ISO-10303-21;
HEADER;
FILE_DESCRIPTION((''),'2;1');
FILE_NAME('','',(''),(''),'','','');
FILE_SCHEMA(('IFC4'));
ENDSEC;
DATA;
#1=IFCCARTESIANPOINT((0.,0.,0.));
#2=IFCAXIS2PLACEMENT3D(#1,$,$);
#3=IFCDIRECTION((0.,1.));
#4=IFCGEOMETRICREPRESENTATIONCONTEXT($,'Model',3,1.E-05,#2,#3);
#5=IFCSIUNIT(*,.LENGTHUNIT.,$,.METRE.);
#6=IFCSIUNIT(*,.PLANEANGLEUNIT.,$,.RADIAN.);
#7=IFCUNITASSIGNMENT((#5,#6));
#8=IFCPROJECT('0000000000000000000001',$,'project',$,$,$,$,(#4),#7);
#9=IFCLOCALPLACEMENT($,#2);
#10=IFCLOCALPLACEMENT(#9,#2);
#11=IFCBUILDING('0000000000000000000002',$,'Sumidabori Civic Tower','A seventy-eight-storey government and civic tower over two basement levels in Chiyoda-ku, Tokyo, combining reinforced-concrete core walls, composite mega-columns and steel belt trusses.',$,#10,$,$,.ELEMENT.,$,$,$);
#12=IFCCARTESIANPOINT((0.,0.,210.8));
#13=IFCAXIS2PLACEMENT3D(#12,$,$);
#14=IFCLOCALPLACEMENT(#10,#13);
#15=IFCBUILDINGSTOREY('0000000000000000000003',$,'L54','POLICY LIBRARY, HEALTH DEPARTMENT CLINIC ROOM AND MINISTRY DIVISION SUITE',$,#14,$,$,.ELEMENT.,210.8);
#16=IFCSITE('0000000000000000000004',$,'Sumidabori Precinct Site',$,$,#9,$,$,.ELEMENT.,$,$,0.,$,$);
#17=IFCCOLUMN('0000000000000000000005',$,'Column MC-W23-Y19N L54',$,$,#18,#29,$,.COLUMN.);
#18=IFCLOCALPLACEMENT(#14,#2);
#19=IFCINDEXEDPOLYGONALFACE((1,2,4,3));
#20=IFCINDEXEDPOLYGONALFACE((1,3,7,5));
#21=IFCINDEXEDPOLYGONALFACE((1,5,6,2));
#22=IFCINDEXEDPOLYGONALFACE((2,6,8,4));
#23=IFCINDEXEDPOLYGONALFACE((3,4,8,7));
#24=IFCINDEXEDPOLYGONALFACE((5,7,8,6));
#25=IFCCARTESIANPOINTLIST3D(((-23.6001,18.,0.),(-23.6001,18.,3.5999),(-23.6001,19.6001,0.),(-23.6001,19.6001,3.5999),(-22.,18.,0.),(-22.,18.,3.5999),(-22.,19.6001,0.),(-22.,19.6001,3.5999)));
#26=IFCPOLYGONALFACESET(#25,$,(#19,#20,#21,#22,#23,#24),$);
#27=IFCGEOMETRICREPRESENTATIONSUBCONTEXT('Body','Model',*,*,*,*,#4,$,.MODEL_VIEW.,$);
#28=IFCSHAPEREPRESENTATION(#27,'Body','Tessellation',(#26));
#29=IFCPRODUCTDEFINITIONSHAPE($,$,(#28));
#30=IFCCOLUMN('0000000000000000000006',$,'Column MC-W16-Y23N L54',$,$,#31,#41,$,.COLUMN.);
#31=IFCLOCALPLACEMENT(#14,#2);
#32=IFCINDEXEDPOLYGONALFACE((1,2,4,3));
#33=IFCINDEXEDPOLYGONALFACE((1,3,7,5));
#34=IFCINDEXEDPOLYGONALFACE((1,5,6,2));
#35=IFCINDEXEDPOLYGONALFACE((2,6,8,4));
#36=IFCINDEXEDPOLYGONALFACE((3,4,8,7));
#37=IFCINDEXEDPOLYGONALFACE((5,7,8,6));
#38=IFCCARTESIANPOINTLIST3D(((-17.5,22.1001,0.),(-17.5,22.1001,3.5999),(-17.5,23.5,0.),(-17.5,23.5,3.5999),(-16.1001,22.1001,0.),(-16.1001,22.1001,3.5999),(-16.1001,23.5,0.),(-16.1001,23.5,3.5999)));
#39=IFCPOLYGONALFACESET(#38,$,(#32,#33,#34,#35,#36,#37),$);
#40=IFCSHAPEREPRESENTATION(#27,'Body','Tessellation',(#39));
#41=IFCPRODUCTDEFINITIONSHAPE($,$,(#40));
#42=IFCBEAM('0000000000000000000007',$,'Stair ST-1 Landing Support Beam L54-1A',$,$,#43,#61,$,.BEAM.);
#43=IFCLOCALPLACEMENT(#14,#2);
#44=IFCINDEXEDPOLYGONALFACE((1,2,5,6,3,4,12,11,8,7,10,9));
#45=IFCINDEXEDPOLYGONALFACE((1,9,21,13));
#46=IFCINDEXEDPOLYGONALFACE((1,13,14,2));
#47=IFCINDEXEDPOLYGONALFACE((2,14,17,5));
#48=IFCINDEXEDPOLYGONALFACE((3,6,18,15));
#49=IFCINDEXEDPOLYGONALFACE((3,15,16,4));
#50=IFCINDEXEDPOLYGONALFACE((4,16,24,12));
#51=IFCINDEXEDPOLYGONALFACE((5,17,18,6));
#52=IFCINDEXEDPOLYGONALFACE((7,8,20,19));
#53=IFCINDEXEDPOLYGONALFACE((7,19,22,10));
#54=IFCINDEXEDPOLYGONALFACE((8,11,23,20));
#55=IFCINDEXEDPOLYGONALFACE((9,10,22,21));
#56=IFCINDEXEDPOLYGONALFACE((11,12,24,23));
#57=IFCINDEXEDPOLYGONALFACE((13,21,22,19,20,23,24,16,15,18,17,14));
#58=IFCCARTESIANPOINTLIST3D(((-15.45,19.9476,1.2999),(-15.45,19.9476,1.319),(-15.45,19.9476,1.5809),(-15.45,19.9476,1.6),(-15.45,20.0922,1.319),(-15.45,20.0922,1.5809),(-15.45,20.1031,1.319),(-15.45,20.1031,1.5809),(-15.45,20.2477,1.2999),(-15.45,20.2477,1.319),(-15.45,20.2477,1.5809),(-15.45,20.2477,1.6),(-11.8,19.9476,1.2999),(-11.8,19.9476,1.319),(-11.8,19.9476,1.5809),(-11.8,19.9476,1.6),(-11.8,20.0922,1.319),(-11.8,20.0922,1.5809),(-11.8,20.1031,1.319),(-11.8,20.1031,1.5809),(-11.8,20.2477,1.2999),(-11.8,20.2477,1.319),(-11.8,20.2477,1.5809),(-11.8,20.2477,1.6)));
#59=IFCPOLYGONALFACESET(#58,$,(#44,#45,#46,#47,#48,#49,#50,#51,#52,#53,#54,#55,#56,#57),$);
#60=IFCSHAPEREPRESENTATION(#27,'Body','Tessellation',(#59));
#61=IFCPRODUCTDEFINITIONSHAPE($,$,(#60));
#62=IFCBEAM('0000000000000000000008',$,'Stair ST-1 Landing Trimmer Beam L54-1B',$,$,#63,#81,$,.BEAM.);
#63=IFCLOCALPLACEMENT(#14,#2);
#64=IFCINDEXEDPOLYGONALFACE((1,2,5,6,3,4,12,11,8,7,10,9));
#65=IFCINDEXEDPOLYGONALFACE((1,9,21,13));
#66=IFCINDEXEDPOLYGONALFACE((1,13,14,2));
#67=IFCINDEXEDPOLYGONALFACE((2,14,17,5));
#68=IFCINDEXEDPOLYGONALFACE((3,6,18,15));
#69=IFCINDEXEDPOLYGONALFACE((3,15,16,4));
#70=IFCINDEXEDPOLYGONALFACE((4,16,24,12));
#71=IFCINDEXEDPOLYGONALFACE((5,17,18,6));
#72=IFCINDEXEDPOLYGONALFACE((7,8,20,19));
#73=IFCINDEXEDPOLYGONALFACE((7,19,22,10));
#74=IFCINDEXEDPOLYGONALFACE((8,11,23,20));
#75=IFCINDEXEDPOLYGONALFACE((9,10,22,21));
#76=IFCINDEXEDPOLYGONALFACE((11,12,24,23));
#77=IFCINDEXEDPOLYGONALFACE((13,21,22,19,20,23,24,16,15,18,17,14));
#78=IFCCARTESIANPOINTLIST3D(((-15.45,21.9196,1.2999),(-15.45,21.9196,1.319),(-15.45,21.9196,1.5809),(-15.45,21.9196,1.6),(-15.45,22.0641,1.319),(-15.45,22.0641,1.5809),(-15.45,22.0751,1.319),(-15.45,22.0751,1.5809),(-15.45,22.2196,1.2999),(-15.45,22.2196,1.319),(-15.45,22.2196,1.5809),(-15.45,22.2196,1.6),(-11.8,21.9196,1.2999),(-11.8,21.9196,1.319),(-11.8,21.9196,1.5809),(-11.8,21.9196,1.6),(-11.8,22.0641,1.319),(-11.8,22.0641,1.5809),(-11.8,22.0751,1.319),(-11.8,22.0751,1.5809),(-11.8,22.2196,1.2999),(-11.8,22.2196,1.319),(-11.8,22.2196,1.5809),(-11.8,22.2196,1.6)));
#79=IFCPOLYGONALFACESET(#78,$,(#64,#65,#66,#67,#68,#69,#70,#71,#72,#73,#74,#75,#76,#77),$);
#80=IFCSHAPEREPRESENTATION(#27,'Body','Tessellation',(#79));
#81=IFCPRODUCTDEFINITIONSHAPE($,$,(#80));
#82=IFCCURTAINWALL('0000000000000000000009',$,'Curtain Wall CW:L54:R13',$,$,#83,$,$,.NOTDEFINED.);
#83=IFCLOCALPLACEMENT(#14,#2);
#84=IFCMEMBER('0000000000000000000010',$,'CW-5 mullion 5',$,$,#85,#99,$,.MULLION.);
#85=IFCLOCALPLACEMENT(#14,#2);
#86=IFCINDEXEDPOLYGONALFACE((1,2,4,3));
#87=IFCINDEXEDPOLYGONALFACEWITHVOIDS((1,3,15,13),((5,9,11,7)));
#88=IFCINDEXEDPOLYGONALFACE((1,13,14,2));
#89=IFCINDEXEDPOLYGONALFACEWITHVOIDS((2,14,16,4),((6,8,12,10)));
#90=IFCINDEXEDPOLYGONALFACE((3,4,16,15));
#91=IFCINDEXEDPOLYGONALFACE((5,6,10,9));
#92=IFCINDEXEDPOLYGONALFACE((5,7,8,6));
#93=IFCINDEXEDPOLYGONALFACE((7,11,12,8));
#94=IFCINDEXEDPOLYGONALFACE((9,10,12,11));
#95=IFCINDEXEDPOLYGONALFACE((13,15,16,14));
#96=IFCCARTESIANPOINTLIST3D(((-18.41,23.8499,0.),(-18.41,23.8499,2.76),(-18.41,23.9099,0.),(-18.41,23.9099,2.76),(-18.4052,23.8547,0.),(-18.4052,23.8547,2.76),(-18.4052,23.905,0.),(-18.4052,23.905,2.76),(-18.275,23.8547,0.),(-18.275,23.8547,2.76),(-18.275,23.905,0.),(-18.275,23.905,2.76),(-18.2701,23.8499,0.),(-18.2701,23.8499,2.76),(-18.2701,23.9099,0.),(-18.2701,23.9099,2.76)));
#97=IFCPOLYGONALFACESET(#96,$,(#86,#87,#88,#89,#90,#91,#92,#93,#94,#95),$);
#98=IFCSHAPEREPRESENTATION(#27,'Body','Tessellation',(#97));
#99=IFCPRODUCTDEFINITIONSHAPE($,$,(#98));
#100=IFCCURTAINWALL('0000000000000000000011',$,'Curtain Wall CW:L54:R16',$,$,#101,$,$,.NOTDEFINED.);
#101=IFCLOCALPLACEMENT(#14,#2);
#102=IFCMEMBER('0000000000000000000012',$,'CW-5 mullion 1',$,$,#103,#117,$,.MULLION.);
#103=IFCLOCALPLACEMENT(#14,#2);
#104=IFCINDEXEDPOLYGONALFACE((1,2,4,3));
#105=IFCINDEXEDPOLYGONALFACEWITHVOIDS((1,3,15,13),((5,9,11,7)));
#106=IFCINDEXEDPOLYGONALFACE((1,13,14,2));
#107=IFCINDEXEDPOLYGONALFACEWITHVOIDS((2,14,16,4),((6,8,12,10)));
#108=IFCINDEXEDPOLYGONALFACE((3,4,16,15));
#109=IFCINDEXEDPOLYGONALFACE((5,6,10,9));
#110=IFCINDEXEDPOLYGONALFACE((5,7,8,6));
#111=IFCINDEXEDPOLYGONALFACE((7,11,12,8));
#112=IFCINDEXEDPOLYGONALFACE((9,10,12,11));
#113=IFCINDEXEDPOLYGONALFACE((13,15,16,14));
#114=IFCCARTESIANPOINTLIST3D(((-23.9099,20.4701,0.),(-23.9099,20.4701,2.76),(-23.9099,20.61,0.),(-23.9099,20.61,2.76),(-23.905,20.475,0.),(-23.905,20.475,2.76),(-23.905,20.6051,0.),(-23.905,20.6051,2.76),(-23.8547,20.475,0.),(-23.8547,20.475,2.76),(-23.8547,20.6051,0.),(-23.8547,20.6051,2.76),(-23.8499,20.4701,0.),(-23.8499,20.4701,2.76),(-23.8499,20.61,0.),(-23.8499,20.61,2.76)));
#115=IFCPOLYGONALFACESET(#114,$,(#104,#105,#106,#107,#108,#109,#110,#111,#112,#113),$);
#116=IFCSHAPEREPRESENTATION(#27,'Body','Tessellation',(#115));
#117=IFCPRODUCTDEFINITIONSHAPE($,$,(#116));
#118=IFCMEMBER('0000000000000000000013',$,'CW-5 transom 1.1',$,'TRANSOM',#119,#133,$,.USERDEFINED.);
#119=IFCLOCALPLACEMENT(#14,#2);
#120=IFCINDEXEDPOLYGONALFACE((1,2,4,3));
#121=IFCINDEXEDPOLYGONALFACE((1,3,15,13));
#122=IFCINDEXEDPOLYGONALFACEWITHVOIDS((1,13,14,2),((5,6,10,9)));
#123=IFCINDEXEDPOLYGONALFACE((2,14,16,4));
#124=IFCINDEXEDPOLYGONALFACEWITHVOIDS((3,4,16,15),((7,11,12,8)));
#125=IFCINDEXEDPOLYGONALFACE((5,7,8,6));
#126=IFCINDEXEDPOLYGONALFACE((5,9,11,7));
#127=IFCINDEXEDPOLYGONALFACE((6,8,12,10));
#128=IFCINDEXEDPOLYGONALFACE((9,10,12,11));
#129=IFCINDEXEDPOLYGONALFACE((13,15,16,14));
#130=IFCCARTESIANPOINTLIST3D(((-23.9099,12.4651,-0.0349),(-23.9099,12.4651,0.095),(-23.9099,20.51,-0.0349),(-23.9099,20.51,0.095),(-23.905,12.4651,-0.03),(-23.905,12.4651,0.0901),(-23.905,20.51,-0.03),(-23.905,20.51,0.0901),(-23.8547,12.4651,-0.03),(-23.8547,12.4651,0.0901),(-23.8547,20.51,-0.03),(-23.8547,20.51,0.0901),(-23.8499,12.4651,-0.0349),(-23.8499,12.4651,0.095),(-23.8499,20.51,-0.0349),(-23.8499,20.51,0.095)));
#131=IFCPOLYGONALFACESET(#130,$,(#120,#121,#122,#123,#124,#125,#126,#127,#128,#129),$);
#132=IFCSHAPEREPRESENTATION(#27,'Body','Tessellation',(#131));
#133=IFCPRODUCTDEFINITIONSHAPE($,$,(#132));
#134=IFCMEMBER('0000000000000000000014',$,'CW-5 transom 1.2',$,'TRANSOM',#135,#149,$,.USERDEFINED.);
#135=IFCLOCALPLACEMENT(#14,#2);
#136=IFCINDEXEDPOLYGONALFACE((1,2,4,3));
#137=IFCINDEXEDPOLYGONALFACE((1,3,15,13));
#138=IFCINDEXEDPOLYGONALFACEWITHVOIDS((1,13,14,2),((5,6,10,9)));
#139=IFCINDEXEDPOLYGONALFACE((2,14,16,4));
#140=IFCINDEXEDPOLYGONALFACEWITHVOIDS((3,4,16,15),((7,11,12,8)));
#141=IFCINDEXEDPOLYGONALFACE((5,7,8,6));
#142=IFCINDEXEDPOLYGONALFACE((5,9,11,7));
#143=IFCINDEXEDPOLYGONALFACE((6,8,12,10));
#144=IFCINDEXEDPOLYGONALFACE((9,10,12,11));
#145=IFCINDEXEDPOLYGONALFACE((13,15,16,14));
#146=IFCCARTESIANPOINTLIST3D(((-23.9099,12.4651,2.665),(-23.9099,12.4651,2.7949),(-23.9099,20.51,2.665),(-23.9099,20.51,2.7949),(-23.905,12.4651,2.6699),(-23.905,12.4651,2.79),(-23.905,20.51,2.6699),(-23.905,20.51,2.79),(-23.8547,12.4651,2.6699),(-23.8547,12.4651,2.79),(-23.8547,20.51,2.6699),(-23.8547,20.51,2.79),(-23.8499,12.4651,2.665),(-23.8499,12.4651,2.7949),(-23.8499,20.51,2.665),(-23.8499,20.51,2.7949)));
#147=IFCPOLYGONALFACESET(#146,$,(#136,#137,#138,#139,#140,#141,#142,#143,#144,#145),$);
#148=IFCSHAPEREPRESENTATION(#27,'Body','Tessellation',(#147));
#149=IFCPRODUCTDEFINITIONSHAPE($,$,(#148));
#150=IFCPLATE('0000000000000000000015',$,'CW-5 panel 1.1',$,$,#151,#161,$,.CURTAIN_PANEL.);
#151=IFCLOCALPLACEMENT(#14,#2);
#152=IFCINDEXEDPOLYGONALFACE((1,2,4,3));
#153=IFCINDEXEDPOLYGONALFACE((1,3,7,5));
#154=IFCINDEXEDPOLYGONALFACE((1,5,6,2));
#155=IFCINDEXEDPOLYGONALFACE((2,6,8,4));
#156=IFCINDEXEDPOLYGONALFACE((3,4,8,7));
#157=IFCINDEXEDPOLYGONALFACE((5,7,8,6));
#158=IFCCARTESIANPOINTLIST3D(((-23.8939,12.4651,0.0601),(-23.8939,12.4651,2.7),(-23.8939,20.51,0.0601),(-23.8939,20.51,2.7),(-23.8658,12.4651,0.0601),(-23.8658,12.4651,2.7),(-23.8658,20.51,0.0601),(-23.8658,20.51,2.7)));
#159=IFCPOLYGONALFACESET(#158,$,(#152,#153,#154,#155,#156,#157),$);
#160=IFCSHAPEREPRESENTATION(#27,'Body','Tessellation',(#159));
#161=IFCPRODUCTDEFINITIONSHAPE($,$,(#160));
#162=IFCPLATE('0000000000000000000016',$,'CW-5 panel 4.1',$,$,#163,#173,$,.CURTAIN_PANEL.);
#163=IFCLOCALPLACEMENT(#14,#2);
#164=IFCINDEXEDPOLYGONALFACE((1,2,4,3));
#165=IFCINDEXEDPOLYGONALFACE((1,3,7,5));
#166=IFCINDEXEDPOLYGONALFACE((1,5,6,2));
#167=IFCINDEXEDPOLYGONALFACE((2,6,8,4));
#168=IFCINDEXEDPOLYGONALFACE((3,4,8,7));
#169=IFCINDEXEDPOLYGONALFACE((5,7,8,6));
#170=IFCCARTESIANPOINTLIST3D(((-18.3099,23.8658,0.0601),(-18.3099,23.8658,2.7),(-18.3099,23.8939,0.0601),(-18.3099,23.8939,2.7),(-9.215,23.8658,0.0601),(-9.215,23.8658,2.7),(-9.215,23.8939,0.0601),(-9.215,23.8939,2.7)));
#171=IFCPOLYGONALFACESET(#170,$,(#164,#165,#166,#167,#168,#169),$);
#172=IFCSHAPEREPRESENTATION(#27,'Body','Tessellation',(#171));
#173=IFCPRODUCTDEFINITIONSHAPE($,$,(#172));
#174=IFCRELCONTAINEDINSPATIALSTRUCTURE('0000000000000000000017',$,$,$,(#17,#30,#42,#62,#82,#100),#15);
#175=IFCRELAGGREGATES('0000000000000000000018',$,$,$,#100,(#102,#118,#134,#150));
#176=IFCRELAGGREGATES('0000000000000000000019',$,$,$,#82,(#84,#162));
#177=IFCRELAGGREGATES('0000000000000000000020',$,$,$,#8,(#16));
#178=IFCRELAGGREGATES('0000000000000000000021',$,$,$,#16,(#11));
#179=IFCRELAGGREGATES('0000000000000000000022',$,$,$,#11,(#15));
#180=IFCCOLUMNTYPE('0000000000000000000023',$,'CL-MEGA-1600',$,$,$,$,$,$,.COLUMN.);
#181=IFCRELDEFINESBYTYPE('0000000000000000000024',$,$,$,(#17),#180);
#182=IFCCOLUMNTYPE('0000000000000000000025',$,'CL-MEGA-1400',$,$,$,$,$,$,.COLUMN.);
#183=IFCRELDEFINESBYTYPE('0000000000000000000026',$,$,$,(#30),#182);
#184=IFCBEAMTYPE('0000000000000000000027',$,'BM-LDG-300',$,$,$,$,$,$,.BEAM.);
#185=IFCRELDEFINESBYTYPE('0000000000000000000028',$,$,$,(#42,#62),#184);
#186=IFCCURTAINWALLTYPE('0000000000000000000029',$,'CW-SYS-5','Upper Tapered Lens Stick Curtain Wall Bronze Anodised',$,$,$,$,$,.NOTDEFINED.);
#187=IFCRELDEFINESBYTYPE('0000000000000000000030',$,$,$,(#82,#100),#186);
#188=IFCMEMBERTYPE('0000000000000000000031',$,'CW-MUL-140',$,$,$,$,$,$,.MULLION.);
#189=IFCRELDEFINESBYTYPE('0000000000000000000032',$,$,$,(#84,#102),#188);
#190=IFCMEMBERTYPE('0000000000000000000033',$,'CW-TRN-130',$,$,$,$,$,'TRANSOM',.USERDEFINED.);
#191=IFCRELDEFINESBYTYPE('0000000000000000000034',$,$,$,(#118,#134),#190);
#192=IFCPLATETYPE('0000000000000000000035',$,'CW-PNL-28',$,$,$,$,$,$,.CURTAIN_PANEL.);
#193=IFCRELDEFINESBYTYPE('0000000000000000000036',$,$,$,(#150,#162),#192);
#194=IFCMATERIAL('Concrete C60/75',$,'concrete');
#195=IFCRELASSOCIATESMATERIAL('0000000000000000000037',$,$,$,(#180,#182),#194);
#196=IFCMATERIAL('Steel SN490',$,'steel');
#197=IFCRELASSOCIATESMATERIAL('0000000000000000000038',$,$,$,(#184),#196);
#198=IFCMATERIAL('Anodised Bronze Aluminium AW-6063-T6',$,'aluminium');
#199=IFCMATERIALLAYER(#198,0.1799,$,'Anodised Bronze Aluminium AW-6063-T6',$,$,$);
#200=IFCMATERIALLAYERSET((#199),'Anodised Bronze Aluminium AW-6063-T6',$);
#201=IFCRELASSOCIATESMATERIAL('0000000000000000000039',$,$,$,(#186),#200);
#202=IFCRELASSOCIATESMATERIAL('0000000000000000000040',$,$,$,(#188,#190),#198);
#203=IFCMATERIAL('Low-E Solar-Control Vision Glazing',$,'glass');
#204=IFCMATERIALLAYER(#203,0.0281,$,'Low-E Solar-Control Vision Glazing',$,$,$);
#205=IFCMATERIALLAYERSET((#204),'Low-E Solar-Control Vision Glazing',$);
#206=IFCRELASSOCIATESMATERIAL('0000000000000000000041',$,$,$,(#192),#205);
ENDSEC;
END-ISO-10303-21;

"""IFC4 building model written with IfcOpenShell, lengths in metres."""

from ifc_helpers import new_model, si_unit, direction, frame, origin, origin_2d, place, context, subcontext, project, spatial, rectangle, hollow_rectangle, i_section, extrude, source, transform, mapped, material, layer, layer_set, material_profile, profile_set, type_object, element, aggregate, save


model = new_model("IFC4")

# Units and contexts
model_context = context("Model", 3, precision=1e-05, world=origin(), true_north=direction((0.0, 1.0)))
body_context = subcontext(model_context, "Body", "Model", "MODEL_VIEW")
ifc_project = project(units=[si_unit("LENGTHUNIT", "METRE"), si_unit("PLANEANGLEUNIT", "RADIAN")], contexts=[model_context])

# Site, building, storey
site_placement = place(None, origin())
site = spatial("IfcSite", under=ifc_project, at=site_placement, Name="Sumidabori Precinct Site", CompositionType="ELEMENT", RefElevation=0.0)
building_placement = place(site_placement, origin())
building = spatial("IfcBuilding", under=site, at=building_placement, Name="Sumidabori Civic Tower", Description="A seventy-eight-storey government and civic tower over two basement levels in Chiyoda-ku, Tokyo, combining reinforced-concrete core walls, composite mega-columns and steel belt trusses.", CompositionType="ELEMENT")
storey_placement = place(building_placement, frame((0.0, 0.0, 210.8)))
storey = spatial("IfcBuildingStorey", under=building, at=storey_placement, Name="L54", Description="POLICY LIBRARY, HEALTH DEPARTMENT CLINIC ROOM AND MINISTRY DIVISION SUITE", CompositionType="ELEMENT", Elevation=210.8)

# Columns
ifc_material_1 = material(Name="Concrete C60/75", Category="concrete")
ifc_material_profile_1 = material_profile(ifc_material_1, rectangle(XDim=1.6001, YDim=1.6001, at=origin_2d()), Name="RC 1600x1600")
ifc_profile_set_1 = profile_set([ifc_material_profile_1], Name="Concrete C60/75")
column_type_1 = type_object("IfcColumnType", Name="CL-MEGA-1600", PredefinedType="COLUMN", material=ifc_profile_set_1)
shared_shape_1 = source(origin(), body_context, "Body", "SweptSolid", [
    extrude(rectangle(XDim=1.6001, YDim=1.6001, at=origin_2d()), origin(), (0.0, 0.0, 1.0), 3.5999),
])
column_1_placement = place(storey_placement, frame((-22.8, 18.8, 0.0), z_axis=(0.0, 0.0, 1.0), x_axis=(1.0, 0.0, 0.0)))
element("IfcColumn", 1, at=column_1_placement, inside=storey, type_object=column_type_1, Name="Column MC-W23-Y19N L54", PredefinedType="COLUMN", context=body_context, shape_type="MappedRepresentation", body=[
    mapped(shared_shape_1, transform((0.0, 0.0, 0.0), x_axis=(1.0, 0.0, 0.0), y_axis=(0.0, 1.0, 0.0), z_axis=(0.0, 0.0, 1.0), scale=1.0)),
])
ifc_material_profile_2 = material_profile(ifc_material_1, rectangle(XDim=1.3999, YDim=1.3999, at=origin_2d()), Name="RC 1400x1400")
ifc_profile_set_2 = profile_set([ifc_material_profile_2], Name="Concrete C60/75")
column_type_2 = type_object("IfcColumnType", Name="CL-MEGA-1400", PredefinedType="COLUMN", material=ifc_profile_set_2)
shared_shape_2 = source(origin(), body_context, "Body", "SweptSolid", [
    extrude(rectangle(XDim=1.3999, YDim=1.3999, at=origin_2d()), origin(), (0.0, 0.0, 1.0), 3.5999),
])
column_2_placement = place(storey_placement, frame((-16.8, 22.8, 0.0), z_axis=(0.0, 0.0, 1.0), x_axis=(1.0, 0.0, 0.0)))
element("IfcColumn", 2, at=column_2_placement, inside=storey, type_object=column_type_2, Name="Column MC-W16-Y23N L54", PredefinedType="COLUMN", context=body_context, shape_type="MappedRepresentation", body=[
    mapped(shared_shape_2, transform((0.0, 0.0, 0.0), x_axis=(1.0, 0.0, 0.0), y_axis=(0.0, 1.0, 0.0), z_axis=(0.0, 0.0, 1.0), scale=1.0)),
])

# Beams
ifc_material_2 = material(Name="Steel SN490", Category="steel")
ifc_material_profile_3 = material_profile(ifc_material_2, i_section(OverallWidth=0.3, OverallDepth=0.3, WebThickness=0.011, FlangeThickness=0.019, at=origin_2d()), Name="HE 300 B")
ifc_profile_set_3 = profile_set([ifc_material_profile_3], Name="Steel SN490")
beam_type = type_object("IfcBeamType", Name="BM-LDG-300", PredefinedType="BEAM", material=ifc_profile_set_3)
shared_shape_3 = source(origin(), body_context, "Body", "SweptSolid", [
    extrude(i_section(OverallWidth=0.3, OverallDepth=0.3, WebThickness=0.011, FlangeThickness=0.019, at=origin_2d()), origin(), (0.0, 0.0, 1.0), 3.6499),
])
for number, where, z_axis, x_axis, name in (
    (3, (-15.45, 20.0977, 1.45), (1.0, 0.0, 0.0), (0.0, 1.0, 0.0), "Stair ST-1 Landing Support Beam L54-1A"),
    (4, (-15.45, 22.0696, 1.45), (1.0, 0.0, 0.0), (0.0, 1.0, 0.0), "Stair ST-1 Landing Trimmer Beam L54-1B"),
):
    element("IfcBeam", number, at=place(storey_placement, frame(where, z_axis=z_axis, x_axis=x_axis)), inside=storey, type_object=beam_type, Name=name, PredefinedType="BEAM", context=body_context, shape_type="MappedRepresentation", body=[
        mapped(shared_shape_3, transform((0.0, 0.0, 0.0), x_axis=(1.0, 0.0, 0.0), y_axis=(0.0, 1.0, 0.0), z_axis=(0.0, 0.0, 1.0), scale=1.0)),
    ])

# Curtain wall, member
ifc_material_3 = material(Name="Anodised Bronze Aluminium AW-6063-T6", Category="aluminium")
ifc_layer_1 = layer(ifc_material_3, 0.1799, Name="Anodised Bronze Aluminium AW-6063-T6")
ifc_layer_set_1 = layer_set([ifc_layer_1], Name="Anodised Bronze Aluminium AW-6063-T6")
curtain_wall_type = type_object("IfcCurtainWallType", Name="CW-SYS-5", Description="Upper Tapered Lens Stick Curtain Wall Bronze Anodised", PredefinedType="NOTDEFINED", material=ifc_layer_set_1)
curtain_wall_1_placement = place(storey_placement, origin())
curtain_wall_1 = element("IfcCurtainWall", 5, at=curtain_wall_1_placement, inside=storey, type_object=curtain_wall_type, Name="Curtain Wall CW:L54:R13", PredefinedType="NOTDEFINED")
ifc_material_profile_4 = material_profile(ifc_material_3, hollow_rectangle(XDim=0.0601, YDim=0.1399, WallThickness=0.0049, at=origin_2d()), Name="ALU MULLION 140x60")
ifc_profile_set_4 = profile_set([ifc_material_profile_4], Name="Anodised Bronze Aluminium AW-6063-T6")
member_type_1 = type_object("IfcMemberType", Name="CW-MUL-140", PredefinedType="MULLION", material=ifc_profile_set_4)
shared_shape_4 = source(origin(), body_context, "Body", "SweptSolid", [
    extrude(hollow_rectangle(XDim=0.0601, YDim=0.1399, WallThickness=0.0049, at=origin_2d()), origin(), (0.0, 0.0, 1.0), 2.76),
])
member_1_placement = place(storey_placement, frame((-18.3401, 23.8799, 0.0), z_axis=(0.0, 0.0, 1.0), x_axis=(0.0, -1.0, 0.0)))
member_1 = element("IfcMember", 6, at=member_1_placement, type_object=member_type_1, Name="CW-5 mullion 5", PredefinedType="MULLION", context=body_context, shape_type="MappedRepresentation", body=[
    mapped(shared_shape_4, transform((0.0, 0.0, 0.0), x_axis=(1.0, 0.0, 0.0), y_axis=(0.0, 1.0, 0.0), z_axis=(0.0, 0.0, 1.0), scale=1.0)),
])

# Curtain wall, members, plate
curtain_wall_2_placement = place(storey_placement, origin())
curtain_wall_2 = element("IfcCurtainWall", 7, at=curtain_wall_2_placement, inside=storey, type_object=curtain_wall_type, Name="Curtain Wall CW:L54:R16", PredefinedType="NOTDEFINED")
member_2_placement = place(storey_placement, frame((-23.8799, 20.54, 0.0), z_axis=(0.0, 0.0, 1.0), x_axis=(1.0, 0.0, 0.0)))
member_2 = element("IfcMember", 8, at=member_2_placement, type_object=member_type_1, Name="CW-5 mullion 1", PredefinedType="MULLION", context=body_context, shape_type="MappedRepresentation", body=[
    mapped(shared_shape_4, transform((0.0, 0.0, 0.0), x_axis=(1.0, 0.0, 0.0), y_axis=(0.0, 1.0, 0.0), z_axis=(0.0, 0.0, 1.0), scale=1.0)),
])
ifc_material_profile_5 = material_profile(ifc_material_3, hollow_rectangle(XDim=0.0601, YDim=0.1299, WallThickness=0.0049, at=origin_2d()), Name="ALU TRANSOM 130x60")
ifc_profile_set_5 = profile_set([ifc_material_profile_5], Name="Anodised Bronze Aluminium AW-6063-T6")
member_type_2 = type_object("IfcMemberType", Name="CW-TRN-130", ElementType="TRANSOM", PredefinedType="USERDEFINED", material=ifc_profile_set_5)
shared_shape_5 = source(origin(), body_context, "Body", "SweptSolid", [
    extrude(hollow_rectangle(XDim=0.0601, YDim=0.1299, WallThickness=0.0049, at=origin_2d()), origin(), (0.0, 0.0, 1.0), 8.0449),
])
member_3_placement = place(storey_placement, frame((-23.8799, 20.51, 0.03), z_axis=(0.0, -1.0, 0.0), x_axis=(1.0, 0.0, 0.0)))
member_3 = element("IfcMember", 9, at=member_3_placement, type_object=member_type_2, Name="CW-5 transom 1.1", ObjectType="TRANSOM", PredefinedType="USERDEFINED", context=body_context, shape_type="MappedRepresentation", body=[
    mapped(shared_shape_5, transform((0.0, 0.0, 0.0), x_axis=(1.0, 0.0, 0.0), y_axis=(0.0, 1.0, 0.0), z_axis=(0.0, 0.0, 1.0), scale=1.0)),
])
member_4_placement = place(storey_placement, frame((-23.8799, 20.51, 2.73), z_axis=(0.0, -1.0, 0.0), x_axis=(1.0, 0.0, 0.0)))
member_4 = element("IfcMember", 10, at=member_4_placement, type_object=member_type_2, Name="CW-5 transom 1.2", ObjectType="TRANSOM", PredefinedType="USERDEFINED", context=body_context, shape_type="MappedRepresentation", body=[
    mapped(shared_shape_5, transform((0.0, 0.0, 0.0), x_axis=(1.0, 0.0, 0.0), y_axis=(0.0, 1.0, 0.0), z_axis=(0.0, 0.0, 1.0), scale=1.0)),
])
ifc_material_4 = material(Name="Low-E Solar-Control Vision Glazing", Category="glass")
ifc_layer_2 = layer(ifc_material_4, 0.0281, Name="Low-E Solar-Control Vision Glazing")
ifc_layer_set_2 = layer_set([ifc_layer_2], Name="Low-E Solar-Control Vision Glazing")
plate_type = type_object("IfcPlateType", Name="CW-PNL-28", PredefinedType="CURTAIN_PANEL", material=ifc_layer_set_2)
shared_shape_6 = source(origin(), body_context, "Body", "SweptSolid", [
    extrude(rectangle(XDim=8.0449, YDim=0.0281, at=origin_2d()), origin(), (0.0, 0.0, 1.0), 2.6399),
])
plate_1_placement = place(storey_placement, frame((-23.8799, 16.4875, 0.0601), z_axis=(0.0, 0.0, 1.0), x_axis=(0.0, -1.0, 0.0)))
plate_1 = element("IfcPlate", 11, at=plate_1_placement, type_object=plate_type, Name="CW-5 panel 1.1", PredefinedType="CURTAIN_PANEL", context=body_context, shape_type="MappedRepresentation", body=[
    mapped(shared_shape_6, transform((0.0, 0.0, 0.0), x_axis=(1.0, 0.0, 0.0), y_axis=(0.0, 1.0, 0.0), z_axis=(0.0, 0.0, 1.0), scale=1.0)),
])
aggregate(curtain_wall_2, [member_2, member_3, member_4, plate_1])

# Plate
shared_shape_7 = source(origin(), body_context, "Body", "SweptSolid", [
    extrude(rectangle(XDim=9.095, YDim=0.0281, at=origin_2d()), origin(), (0.0, 0.0, 1.0), 2.6399),
])
plate_2_placement = place(storey_placement, frame((-13.7625, 23.8799, 0.0601), z_axis=(0.0, 0.0, 1.0), x_axis=(-1.0, 0.0, 0.0)))
plate_2 = element("IfcPlate", 12, at=plate_2_placement, type_object=plate_type, Name="CW-5 panel 4.1", PredefinedType="CURTAIN_PANEL", context=body_context, shape_type="MappedRepresentation", body=[
    mapped(shared_shape_7, transform((0.0, 0.0, 0.0), x_axis=(1.0, 0.0, 0.0), y_axis=(0.0, 1.0, 0.0), z_axis=(0.0, 0.0, 1.0), scale=1.0)),
])
aggregate(curtain_wall_1, [member_1, plate_2])

save(model, "model.ifc")
